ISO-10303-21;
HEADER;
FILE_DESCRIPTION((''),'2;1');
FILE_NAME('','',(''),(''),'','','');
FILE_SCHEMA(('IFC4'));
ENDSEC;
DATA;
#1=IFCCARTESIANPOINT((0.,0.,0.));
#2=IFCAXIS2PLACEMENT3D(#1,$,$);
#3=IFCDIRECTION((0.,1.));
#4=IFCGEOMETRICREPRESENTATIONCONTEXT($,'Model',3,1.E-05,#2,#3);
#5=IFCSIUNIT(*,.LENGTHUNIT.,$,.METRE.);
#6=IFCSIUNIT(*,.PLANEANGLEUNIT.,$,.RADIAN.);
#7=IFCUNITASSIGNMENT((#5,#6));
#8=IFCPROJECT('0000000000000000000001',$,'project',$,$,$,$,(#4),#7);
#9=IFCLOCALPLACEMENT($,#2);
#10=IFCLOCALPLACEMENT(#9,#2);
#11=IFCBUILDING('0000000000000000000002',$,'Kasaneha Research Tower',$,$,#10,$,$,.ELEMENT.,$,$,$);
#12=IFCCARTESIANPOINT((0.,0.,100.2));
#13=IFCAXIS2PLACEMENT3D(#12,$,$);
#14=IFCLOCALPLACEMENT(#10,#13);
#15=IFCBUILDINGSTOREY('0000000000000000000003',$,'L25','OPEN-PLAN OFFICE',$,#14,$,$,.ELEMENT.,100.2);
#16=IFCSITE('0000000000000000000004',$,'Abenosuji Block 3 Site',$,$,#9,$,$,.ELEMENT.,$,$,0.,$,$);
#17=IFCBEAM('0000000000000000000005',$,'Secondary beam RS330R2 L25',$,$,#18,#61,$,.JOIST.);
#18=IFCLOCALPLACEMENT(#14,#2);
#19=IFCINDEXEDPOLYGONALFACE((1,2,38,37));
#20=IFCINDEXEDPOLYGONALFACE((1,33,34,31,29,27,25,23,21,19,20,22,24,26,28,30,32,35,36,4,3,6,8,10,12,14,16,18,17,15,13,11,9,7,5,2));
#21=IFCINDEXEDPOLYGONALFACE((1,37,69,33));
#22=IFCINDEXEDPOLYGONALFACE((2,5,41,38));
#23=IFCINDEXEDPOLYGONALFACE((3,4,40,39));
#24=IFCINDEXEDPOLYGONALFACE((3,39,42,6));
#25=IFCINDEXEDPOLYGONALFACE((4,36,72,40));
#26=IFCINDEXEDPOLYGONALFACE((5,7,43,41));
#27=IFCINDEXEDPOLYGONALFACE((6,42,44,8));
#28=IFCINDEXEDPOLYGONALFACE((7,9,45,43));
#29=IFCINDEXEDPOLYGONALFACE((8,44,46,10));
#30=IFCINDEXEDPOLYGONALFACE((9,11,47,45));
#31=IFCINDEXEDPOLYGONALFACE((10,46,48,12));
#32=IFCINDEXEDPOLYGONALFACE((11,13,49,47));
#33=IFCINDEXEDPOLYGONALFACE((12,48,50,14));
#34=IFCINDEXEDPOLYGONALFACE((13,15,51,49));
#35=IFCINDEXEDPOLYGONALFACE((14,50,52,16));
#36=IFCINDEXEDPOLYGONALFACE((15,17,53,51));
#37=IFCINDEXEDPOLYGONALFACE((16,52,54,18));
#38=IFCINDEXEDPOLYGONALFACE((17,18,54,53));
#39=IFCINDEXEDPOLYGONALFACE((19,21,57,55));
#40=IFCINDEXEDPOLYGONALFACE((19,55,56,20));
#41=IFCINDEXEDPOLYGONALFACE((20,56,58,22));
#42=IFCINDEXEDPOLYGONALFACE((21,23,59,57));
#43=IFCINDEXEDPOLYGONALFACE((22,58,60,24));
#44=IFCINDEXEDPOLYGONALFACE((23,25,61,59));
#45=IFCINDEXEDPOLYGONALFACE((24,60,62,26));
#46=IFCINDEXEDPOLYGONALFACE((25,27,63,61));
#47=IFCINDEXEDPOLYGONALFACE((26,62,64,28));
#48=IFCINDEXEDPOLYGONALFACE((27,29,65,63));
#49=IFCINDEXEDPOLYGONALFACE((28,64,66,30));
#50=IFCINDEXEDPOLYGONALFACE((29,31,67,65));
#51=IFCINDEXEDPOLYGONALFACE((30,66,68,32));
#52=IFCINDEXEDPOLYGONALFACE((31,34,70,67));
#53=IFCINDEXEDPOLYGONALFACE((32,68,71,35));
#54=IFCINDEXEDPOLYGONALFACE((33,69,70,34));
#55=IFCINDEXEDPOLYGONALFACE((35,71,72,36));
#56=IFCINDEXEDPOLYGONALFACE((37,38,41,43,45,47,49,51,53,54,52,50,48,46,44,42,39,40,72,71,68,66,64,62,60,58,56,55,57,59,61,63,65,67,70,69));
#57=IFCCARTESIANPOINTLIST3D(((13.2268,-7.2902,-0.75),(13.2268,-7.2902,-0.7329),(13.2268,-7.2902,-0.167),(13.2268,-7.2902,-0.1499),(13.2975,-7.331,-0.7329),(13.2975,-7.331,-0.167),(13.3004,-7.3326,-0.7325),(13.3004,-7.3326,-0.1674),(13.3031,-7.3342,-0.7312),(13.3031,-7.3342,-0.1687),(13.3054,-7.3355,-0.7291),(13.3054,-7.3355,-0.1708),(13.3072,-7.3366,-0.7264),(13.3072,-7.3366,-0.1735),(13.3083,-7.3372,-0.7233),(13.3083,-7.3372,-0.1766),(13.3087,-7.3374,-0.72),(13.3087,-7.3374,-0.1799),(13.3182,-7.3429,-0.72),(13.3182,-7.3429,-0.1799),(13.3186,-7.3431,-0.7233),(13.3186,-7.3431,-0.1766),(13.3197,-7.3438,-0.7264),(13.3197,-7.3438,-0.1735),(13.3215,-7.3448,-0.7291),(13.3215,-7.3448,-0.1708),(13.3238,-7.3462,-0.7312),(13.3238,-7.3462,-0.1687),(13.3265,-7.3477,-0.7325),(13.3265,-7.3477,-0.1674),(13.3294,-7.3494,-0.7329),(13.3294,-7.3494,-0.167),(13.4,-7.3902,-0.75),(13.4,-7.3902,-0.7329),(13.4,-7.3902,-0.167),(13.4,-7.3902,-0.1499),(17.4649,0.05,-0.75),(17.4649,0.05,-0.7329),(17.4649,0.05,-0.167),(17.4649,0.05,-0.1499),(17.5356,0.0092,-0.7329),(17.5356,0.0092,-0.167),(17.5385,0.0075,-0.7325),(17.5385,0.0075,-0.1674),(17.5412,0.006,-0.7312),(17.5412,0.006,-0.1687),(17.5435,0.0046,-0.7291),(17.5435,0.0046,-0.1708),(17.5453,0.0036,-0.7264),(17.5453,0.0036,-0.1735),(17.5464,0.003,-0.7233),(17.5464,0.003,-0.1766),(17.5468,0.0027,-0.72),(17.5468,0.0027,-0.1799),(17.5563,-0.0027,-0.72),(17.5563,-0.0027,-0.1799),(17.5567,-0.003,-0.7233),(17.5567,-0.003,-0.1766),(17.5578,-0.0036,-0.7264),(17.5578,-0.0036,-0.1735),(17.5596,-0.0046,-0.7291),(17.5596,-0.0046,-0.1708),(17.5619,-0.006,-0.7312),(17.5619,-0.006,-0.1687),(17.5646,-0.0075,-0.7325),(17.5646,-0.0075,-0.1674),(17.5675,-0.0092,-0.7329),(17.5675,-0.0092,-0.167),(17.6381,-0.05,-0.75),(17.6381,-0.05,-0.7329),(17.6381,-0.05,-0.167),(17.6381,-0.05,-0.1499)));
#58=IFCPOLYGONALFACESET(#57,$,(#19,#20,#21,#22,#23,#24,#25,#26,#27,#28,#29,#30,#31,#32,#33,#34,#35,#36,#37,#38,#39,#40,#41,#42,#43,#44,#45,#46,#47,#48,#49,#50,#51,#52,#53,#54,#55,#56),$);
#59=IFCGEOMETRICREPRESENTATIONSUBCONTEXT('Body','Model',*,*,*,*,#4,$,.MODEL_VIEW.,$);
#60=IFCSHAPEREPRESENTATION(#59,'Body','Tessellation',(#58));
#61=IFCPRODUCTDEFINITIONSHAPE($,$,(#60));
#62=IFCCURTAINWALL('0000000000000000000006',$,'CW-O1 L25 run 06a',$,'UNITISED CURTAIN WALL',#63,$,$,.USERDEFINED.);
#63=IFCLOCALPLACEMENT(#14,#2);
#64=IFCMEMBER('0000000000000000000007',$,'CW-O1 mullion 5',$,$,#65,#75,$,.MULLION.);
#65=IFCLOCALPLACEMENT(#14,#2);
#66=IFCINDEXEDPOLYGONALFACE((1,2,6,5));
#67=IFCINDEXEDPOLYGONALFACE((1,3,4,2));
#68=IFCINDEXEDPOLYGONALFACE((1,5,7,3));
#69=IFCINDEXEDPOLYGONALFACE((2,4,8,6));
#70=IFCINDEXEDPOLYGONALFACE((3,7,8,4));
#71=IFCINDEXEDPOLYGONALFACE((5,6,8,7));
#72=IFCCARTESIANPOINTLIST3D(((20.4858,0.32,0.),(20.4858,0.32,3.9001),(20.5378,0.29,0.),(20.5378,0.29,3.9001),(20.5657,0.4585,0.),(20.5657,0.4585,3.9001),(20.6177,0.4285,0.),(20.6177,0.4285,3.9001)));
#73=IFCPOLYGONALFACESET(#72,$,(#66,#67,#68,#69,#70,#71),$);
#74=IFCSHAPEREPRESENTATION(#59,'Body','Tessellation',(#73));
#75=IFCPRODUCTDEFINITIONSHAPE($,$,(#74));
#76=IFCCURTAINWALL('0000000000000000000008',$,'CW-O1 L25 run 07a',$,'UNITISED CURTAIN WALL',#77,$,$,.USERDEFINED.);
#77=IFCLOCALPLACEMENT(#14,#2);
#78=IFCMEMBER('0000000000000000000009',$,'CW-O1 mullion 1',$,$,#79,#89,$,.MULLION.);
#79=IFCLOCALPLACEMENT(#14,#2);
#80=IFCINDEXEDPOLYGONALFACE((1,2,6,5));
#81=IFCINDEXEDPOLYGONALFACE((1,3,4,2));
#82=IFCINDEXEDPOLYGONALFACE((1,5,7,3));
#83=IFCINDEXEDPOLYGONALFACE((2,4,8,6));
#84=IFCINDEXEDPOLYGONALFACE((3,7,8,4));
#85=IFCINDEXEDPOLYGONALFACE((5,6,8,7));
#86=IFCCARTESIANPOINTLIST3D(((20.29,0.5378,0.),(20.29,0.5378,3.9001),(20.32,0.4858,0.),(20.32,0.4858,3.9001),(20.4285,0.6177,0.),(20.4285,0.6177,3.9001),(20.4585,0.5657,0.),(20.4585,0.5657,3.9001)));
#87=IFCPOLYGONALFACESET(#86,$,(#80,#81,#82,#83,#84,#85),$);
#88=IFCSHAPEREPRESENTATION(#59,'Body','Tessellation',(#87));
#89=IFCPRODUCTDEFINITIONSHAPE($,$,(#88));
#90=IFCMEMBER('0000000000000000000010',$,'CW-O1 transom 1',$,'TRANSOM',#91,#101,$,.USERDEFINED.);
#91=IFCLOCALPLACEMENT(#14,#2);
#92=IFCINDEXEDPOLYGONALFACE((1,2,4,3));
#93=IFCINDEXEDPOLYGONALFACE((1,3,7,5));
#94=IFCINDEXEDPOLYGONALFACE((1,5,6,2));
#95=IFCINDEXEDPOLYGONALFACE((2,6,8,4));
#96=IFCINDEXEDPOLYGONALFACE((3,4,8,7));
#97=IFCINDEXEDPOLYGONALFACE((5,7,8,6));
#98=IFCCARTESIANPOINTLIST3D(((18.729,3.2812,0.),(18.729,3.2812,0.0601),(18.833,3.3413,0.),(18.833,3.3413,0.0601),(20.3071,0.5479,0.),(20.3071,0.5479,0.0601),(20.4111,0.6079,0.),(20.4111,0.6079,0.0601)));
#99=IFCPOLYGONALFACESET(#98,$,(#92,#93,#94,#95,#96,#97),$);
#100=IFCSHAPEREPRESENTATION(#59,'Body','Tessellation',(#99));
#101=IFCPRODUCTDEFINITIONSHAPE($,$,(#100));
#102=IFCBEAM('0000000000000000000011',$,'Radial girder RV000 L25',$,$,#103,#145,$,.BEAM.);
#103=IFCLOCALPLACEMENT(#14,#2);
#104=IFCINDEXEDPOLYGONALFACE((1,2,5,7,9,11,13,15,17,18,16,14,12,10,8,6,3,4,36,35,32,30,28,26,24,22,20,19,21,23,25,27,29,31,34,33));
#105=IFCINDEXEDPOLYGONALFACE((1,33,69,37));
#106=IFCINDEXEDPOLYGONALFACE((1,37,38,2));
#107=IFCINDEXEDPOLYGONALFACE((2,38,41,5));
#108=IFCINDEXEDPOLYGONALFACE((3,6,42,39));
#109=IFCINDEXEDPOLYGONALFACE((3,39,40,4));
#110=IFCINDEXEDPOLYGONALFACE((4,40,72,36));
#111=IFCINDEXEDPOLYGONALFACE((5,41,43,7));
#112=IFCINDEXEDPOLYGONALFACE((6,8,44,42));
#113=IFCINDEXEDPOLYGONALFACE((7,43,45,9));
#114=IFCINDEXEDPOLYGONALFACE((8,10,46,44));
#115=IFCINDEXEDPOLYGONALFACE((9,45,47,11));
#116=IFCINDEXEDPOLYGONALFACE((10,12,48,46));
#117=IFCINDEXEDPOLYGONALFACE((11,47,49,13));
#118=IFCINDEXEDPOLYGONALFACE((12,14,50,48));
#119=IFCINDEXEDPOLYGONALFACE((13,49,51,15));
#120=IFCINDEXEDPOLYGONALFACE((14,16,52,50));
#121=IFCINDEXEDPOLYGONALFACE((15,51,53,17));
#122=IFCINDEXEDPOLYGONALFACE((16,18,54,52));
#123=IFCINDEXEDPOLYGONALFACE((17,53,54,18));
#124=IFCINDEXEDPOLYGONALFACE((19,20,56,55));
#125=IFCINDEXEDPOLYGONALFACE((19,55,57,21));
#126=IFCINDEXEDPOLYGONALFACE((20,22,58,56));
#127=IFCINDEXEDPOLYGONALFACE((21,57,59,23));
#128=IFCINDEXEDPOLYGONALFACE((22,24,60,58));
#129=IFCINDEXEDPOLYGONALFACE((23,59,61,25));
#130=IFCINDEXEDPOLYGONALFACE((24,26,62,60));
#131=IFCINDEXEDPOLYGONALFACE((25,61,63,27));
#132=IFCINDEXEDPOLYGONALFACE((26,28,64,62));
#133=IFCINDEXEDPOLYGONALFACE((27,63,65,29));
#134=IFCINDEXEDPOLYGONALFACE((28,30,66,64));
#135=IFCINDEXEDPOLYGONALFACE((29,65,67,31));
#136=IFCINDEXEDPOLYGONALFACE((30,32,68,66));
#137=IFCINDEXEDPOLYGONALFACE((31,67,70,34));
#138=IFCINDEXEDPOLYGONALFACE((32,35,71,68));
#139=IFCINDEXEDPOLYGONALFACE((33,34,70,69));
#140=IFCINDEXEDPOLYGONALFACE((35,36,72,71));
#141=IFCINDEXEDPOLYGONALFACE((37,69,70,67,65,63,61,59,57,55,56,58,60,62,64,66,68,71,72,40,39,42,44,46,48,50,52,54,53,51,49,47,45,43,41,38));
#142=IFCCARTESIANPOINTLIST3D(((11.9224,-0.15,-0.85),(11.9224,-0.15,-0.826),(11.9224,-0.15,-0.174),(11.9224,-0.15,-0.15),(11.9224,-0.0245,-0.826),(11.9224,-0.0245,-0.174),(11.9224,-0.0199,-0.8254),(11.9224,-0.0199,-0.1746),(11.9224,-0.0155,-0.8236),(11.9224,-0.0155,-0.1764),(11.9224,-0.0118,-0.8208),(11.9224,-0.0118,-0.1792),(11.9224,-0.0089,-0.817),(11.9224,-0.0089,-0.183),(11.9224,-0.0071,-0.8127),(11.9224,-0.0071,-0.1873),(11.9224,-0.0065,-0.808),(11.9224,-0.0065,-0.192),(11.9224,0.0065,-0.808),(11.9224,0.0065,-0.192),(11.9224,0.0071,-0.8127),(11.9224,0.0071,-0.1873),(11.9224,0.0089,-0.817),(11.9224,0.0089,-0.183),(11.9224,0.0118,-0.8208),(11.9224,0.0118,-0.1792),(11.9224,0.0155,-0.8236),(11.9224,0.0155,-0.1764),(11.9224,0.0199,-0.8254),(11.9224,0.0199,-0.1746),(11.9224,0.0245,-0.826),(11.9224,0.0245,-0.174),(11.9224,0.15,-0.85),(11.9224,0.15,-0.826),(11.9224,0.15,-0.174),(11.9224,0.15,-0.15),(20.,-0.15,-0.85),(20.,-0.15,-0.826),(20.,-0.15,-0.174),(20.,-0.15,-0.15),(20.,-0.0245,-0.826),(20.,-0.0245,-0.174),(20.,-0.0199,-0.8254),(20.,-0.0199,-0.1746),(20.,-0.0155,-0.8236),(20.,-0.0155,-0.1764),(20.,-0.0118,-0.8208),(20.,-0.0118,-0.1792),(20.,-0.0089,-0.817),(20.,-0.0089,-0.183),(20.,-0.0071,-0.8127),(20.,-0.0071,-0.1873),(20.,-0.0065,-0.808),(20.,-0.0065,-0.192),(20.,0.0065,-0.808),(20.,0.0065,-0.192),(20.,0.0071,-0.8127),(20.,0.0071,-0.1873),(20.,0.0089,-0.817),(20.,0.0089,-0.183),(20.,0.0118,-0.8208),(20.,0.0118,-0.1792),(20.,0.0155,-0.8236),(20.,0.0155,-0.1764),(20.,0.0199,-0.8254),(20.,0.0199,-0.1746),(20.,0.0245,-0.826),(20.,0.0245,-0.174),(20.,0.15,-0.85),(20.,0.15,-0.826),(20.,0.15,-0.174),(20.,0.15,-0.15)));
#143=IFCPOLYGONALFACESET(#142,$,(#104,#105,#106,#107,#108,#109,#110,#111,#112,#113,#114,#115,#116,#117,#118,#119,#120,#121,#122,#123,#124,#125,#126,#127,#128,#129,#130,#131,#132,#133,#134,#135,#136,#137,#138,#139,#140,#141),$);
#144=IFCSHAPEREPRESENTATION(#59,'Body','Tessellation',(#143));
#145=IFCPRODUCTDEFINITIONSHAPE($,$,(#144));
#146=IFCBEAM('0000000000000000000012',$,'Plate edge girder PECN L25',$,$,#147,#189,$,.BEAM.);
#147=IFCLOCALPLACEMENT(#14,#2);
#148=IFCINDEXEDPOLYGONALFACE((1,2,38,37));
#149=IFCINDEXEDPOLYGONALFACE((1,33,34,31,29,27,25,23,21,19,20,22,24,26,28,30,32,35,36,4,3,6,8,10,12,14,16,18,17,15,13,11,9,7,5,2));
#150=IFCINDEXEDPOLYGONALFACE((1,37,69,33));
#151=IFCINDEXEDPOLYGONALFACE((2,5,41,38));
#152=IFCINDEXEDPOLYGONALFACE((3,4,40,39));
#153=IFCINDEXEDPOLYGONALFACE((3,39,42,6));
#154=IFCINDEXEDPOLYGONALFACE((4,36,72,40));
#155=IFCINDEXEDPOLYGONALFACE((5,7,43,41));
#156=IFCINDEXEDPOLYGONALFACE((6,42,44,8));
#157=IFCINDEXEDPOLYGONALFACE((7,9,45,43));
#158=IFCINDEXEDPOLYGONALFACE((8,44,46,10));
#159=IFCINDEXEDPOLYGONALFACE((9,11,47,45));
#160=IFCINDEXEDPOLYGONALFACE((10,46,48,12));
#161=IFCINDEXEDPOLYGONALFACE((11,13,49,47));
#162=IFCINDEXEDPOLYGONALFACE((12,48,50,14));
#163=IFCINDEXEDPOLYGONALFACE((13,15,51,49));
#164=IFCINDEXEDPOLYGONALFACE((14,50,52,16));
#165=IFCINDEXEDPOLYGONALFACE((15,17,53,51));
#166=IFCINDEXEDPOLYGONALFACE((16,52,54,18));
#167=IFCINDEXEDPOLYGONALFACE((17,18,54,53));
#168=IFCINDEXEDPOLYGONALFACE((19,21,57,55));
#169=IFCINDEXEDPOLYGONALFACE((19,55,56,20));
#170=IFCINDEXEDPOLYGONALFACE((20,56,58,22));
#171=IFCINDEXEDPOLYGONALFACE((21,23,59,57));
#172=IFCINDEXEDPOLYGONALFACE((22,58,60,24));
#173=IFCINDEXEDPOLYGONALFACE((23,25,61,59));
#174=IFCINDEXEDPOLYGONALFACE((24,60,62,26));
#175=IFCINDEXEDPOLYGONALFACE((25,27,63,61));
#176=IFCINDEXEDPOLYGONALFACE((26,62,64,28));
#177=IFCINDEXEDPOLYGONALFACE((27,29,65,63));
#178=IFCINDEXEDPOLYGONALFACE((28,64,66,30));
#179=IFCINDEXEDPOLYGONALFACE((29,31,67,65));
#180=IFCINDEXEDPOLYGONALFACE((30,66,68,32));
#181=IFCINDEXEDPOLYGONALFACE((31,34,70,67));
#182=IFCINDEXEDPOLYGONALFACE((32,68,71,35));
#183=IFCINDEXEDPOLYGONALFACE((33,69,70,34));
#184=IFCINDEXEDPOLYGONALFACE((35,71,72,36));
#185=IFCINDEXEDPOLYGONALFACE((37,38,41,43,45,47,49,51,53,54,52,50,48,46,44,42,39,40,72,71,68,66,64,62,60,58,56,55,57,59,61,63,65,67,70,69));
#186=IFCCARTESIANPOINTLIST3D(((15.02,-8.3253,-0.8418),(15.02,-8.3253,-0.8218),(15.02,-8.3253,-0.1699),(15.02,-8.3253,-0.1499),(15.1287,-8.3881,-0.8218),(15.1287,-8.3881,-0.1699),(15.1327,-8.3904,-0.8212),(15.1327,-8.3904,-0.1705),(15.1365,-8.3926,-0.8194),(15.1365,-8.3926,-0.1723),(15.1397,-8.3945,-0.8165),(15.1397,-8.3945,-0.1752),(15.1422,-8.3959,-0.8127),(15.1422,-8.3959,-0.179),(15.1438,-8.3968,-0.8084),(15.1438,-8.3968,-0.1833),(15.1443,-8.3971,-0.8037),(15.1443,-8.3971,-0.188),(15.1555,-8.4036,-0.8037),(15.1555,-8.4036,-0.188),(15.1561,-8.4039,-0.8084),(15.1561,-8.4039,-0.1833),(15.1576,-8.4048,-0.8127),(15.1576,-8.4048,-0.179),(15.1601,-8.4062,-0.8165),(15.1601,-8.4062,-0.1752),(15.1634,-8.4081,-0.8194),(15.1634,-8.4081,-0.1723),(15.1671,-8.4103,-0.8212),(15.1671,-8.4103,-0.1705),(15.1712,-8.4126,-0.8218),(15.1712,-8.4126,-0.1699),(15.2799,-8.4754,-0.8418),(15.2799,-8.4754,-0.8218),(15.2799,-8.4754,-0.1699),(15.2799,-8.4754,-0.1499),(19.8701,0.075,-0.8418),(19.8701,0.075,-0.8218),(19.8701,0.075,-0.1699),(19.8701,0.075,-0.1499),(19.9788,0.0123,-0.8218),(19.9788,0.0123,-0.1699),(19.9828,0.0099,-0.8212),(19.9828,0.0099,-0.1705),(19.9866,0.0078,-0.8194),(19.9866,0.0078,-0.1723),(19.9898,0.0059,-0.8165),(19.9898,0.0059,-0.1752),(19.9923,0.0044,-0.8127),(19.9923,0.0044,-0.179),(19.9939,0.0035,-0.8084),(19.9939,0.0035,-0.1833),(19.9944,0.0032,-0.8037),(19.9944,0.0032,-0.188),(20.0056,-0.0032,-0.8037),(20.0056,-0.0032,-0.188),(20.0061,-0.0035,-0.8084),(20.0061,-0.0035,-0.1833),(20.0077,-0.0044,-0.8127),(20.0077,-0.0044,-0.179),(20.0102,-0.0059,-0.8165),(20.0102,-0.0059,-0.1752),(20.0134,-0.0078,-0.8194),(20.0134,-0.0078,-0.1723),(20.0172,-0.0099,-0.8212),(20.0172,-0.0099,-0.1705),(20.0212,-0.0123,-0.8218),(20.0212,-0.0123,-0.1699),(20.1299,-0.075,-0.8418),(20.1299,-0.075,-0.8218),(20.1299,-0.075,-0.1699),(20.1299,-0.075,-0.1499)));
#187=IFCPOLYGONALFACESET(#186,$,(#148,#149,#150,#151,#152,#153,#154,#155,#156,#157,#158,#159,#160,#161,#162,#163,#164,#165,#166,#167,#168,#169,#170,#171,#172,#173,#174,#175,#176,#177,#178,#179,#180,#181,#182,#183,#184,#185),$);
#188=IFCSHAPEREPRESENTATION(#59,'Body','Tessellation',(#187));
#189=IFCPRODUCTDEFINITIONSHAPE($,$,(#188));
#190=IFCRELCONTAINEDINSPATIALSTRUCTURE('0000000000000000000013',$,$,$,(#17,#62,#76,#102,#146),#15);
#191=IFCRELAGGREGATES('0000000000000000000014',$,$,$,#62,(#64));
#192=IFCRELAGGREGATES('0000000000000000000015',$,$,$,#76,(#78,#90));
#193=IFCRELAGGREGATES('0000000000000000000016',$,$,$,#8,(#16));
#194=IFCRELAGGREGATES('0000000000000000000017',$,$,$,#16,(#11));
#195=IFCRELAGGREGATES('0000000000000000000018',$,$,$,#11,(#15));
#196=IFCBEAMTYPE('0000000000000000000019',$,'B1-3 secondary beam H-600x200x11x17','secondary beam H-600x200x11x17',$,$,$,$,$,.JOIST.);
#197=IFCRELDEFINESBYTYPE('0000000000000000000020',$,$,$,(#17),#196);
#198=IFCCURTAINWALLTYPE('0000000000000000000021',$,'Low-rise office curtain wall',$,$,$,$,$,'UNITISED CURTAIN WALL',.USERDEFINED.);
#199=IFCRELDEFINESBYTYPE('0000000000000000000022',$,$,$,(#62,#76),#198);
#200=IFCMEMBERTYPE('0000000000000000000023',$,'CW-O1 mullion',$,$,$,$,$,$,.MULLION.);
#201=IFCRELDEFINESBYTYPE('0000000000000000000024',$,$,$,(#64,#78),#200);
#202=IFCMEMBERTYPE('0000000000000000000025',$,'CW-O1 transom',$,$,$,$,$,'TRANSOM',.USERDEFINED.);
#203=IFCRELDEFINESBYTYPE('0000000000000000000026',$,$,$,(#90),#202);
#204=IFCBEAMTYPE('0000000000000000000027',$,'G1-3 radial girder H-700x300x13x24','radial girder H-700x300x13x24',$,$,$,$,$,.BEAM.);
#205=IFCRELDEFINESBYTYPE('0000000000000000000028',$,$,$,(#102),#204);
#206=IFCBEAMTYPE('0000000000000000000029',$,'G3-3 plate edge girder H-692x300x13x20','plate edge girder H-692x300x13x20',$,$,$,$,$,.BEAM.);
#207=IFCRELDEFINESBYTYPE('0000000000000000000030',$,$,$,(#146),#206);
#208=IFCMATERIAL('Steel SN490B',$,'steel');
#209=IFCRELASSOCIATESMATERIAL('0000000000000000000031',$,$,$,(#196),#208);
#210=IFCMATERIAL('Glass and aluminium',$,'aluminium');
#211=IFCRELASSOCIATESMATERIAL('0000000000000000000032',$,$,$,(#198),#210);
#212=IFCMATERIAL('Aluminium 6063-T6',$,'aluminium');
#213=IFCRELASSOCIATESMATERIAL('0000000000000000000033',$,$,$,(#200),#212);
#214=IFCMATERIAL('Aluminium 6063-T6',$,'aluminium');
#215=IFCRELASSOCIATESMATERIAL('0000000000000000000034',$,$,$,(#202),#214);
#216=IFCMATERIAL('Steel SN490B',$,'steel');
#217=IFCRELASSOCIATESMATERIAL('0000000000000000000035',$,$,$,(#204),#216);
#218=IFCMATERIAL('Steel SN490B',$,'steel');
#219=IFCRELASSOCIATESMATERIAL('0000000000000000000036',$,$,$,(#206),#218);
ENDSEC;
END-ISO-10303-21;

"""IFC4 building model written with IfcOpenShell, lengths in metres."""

from ifc_helpers import new_model, si_unit, direction, frame, origin, origin_2d, place, context, subcontext, project, spatial, rectangle, i_section, extrude, material, material_profile, profile_set, type_object, element, aggregate, save


model = new_model("IFC4")

# Units and contexts
model_context = context("Model", 3, precision=1e-05, world=origin(), true_north=direction((0.0, 1.0)))
body_context = subcontext(model_context, "Body", "Model", "MODEL_VIEW")
ifc_project = project(units=[si_unit("LENGTHUNIT", "METRE"), si_unit("PLANEANGLEUNIT", "RADIAN")], contexts=[model_context])

# Site, building, storey
site_placement = place(None, origin())
site = spatial("IfcSite", under=ifc_project, at=site_placement, Name="Abenosuji Block 3 Site", CompositionType="ELEMENT", RefElevation=0.0)
building_placement = place(site_placement, origin())
building = spatial("IfcBuilding", under=site, at=building_placement, Name="Kasaneha Research Tower", CompositionType="ELEMENT")
storey_placement = place(building_placement, frame((0.0, 0.0, 100.2)))
storey = spatial("IfcBuildingStorey", under=building, at=storey_placement, Name="L25", Description="OPEN-PLAN OFFICE", CompositionType="ELEMENT", Elevation=100.2)

# Beam
ifc_material_1 = material(Name="Steel SN490B", Category="steel")
ifc_material_profile_1 = material_profile(ifc_material_1, i_section(OverallWidth=0.2, OverallDepth=0.6001, WebThickness=0.011, FlangeThickness=0.0171, FilletRadius=0.0129, at=origin_2d()), Name="H-600x200x11x17")
ifc_profile_set_1 = profile_set([ifc_material_profile_1], Name="Steel SN490B")
beam_type_1 = type_object("IfcBeamType", Name="B1-3 secondary beam H-600x200x11x17", Description="secondary beam H-600x200x11x17", PredefinedType="JOIST", material=ifc_profile_set_1)
beam_1_placement = place(storey_placement, frame((17.5515, 0.0, -0.45), z_axis=(-0.500021, -0.866013, 0.0), x_axis=(0.866013, -0.500021, 0.0)))
element("IfcBeam", 1, at=beam_1_placement, inside=storey, type_object=beam_type_1, Name="Secondary beam RS330R2 L25", PredefinedType="JOIST", context=body_context, shape_type="SweptSolid", body=[
    extrude(i_section(OverallWidth=0.2, OverallDepth=0.6001, WebThickness=0.011, FlangeThickness=0.0171, FilletRadius=0.0129, at=origin_2d()), origin(), (0.0, 0.0, 1.0), 8.4758),
])

# Curtain wall, member
ifc_material_2 = material(Name="Glass and aluminium", Category="aluminium")
curtain_wall_type = type_object("IfcCurtainWallType", Name="Low-rise office curtain wall", ElementType="UNITISED CURTAIN WALL", PredefinedType="USERDEFINED", material=ifc_material_2)
curtain_wall_1_placement = place(storey_placement, origin())
curtain_wall_1 = element("IfcCurtainWall", 2, at=curtain_wall_1_placement, inside=storey, type_object=curtain_wall_type, Name="CW-O1 L25 run 06a", ObjectType="UNITISED CURTAIN WALL", PredefinedType="USERDEFINED")
ifc_material_3 = material(Name="Aluminium 6063-T6", Category="aluminium")
ifc_material_profile_2 = material_profile(ifc_material_3, rectangle(XDim=0.0601, YDim=0.1599, at=origin_2d()), Name="CW-O1 mullion 60x160")
ifc_profile_set_2 = profile_set([ifc_material_profile_2], Name="Aluminium 6063-T6")
member_type_1 = type_object("IfcMemberType", Name="CW-O1 mullion", PredefinedType="MULLION", material=ifc_profile_set_2)
member_1_placement = place(storey_placement, frame((20.5518, 0.3743, 0.0), z_axis=(0.0, 0.0, 1.0), x_axis=(-0.866025, 0.5, 0.0)))
member_1 = element("IfcMember", 3, at=member_1_placement, type_object=member_type_1, Name="CW-O1 mullion 5", PredefinedType="MULLION", context=body_context, shape_type="SweptSolid", body=[
    extrude(rectangle(XDim=0.0601, YDim=0.1599, at=origin_2d()), origin(), (0.0, 0.0, 1.0), 3.9001),
])
aggregate(curtain_wall_1, [member_1])

# Curtain wall, members
curtain_wall_2_placement = place(storey_placement, origin())
curtain_wall_2 = element("IfcCurtainWall", 4, at=curtain_wall_2_placement, inside=storey, type_object=curtain_wall_type, Name="CW-O1 L25 run 07a", ObjectType="UNITISED CURTAIN WALL", PredefinedType="USERDEFINED")
member_2_placement = place(storey_placement, frame((20.3743, 0.5518, 0.0), z_axis=(0.0, 0.0, 1.0), x_axis=(-0.5, 0.866025, 0.0)))
member_2 = element("IfcMember", 5, at=member_2_placement, type_object=member_type_1, Name="CW-O1 mullion 1", PredefinedType="MULLION", context=body_context, shape_type="SweptSolid", body=[
    extrude(rectangle(XDim=0.0601, YDim=0.1599, at=origin_2d()), origin(), (0.0, 0.0, 1.0), 3.9001),
])
ifc_material_4 = material(Name="Aluminium 6063-T6", Category="aluminium")
ifc_material_profile_3 = material_profile(ifc_material_4, rectangle(XDim=0.1201, YDim=0.0601, at=origin_2d()), Name="CW-O1 transom 120x60")
ifc_profile_set_3 = profile_set([ifc_material_profile_3], Name="Aluminium 6063-T6")
member_type_2 = type_object("IfcMemberType", Name="CW-O1 transom", ElementType="TRANSOM", PredefinedType="USERDEFINED", material=ifc_profile_set_3)
member_3_placement = place(storey_placement, frame((20.3591, 0.5779, 0.03), z_axis=(-0.499999, 0.866026, 0.0), x_axis=(-0.866026, -0.499999, 0.0)))
member_3 = element("IfcMember", 6, at=member_3_placement, type_object=member_type_2, Name="CW-O1 transom 1", ObjectType="TRANSOM", PredefinedType="USERDEFINED", context=body_context, shape_type="SweptSolid", body=[
    extrude(rectangle(XDim=0.1201, YDim=0.0601, at=origin_2d()), origin(), (0.0, 0.0, 1.0), 3.1562),
])

# Beams
ifc_material_5 = material(Name="Steel SN490B", Category="steel")
ifc_material_profile_4 = material_profile(ifc_material_5, i_section(OverallWidth=0.3, OverallDepth=0.7, WebThickness=0.0129, FlangeThickness=0.0239, FilletRadius=0.0181, at=origin_2d()), Name="H-700x300x13x24")
ifc_profile_set_4 = profile_set([ifc_material_profile_4], Name="Steel SN490B")
beam_type_2 = type_object("IfcBeamType", Name="G1-3 radial girder H-700x300x13x24", Description="radial girder H-700x300x13x24", PredefinedType="BEAM", material=ifc_profile_set_4)
beam_2_placement = place(storey_placement, frame((11.9224, 0.0, -0.5), z_axis=(1.0, 0.0, 0.0), x_axis=(0.0, 1.0, 0.0)))
element("IfcBeam", 7, at=beam_2_placement, inside=storey, type_object=beam_type_2, Name="Radial girder RV000 L25", PredefinedType="BEAM", context=body_context, shape_type="SweptSolid", body=[
    extrude(i_section(OverallWidth=0.3, OverallDepth=0.7, WebThickness=0.0129, FlangeThickness=0.0239, FilletRadius=0.0181, at=origin_2d()), origin(), (0.0, 0.0, 1.0), 8.0776),
])
ifc_material_6 = material(Name="Steel SN490B", Category="steel")
ifc_material_profile_5 = material_profile(ifc_material_6, i_section(OverallWidth=0.3, OverallDepth=0.6919, WebThickness=0.0129, FlangeThickness=0.02, FilletRadius=0.0181, at=origin_2d()), Name="H-692x300x13x20")
ifc_profile_set_5 = profile_set([ifc_material_profile_5], Name="Steel SN490B")
beam_type_3 = type_object("IfcBeamType", Name="G3-3 plate edge girder H-692x300x13x20", Description="plate edge girder H-692x300x13x20", PredefinedType="BEAM", material=ifc_profile_set_5)
beam_3_placement = place(storey_placement, frame((20.0, 0.0, -0.4958), z_axis=(-0.50001, -0.86602, 0.0), x_axis=(0.86602, -0.50001, 0.0)))
element("IfcBeam", 8, at=beam_3_placement, inside=storey, type_object=beam_type_3, Name="Plate edge girder PECN L25", PredefinedType="BEAM", context=body_context, shape_type="SweptSolid", body=[
    extrude(i_section(OverallWidth=0.3, OverallDepth=0.6919, WebThickness=0.0129, FlangeThickness=0.02, FilletRadius=0.0181, at=origin_2d()), origin(), (0.0, 0.0, 1.0), 9.7),
])

aggregate(curtain_wall_2, [member_2, member_3])

save(model, "model.ifc")
